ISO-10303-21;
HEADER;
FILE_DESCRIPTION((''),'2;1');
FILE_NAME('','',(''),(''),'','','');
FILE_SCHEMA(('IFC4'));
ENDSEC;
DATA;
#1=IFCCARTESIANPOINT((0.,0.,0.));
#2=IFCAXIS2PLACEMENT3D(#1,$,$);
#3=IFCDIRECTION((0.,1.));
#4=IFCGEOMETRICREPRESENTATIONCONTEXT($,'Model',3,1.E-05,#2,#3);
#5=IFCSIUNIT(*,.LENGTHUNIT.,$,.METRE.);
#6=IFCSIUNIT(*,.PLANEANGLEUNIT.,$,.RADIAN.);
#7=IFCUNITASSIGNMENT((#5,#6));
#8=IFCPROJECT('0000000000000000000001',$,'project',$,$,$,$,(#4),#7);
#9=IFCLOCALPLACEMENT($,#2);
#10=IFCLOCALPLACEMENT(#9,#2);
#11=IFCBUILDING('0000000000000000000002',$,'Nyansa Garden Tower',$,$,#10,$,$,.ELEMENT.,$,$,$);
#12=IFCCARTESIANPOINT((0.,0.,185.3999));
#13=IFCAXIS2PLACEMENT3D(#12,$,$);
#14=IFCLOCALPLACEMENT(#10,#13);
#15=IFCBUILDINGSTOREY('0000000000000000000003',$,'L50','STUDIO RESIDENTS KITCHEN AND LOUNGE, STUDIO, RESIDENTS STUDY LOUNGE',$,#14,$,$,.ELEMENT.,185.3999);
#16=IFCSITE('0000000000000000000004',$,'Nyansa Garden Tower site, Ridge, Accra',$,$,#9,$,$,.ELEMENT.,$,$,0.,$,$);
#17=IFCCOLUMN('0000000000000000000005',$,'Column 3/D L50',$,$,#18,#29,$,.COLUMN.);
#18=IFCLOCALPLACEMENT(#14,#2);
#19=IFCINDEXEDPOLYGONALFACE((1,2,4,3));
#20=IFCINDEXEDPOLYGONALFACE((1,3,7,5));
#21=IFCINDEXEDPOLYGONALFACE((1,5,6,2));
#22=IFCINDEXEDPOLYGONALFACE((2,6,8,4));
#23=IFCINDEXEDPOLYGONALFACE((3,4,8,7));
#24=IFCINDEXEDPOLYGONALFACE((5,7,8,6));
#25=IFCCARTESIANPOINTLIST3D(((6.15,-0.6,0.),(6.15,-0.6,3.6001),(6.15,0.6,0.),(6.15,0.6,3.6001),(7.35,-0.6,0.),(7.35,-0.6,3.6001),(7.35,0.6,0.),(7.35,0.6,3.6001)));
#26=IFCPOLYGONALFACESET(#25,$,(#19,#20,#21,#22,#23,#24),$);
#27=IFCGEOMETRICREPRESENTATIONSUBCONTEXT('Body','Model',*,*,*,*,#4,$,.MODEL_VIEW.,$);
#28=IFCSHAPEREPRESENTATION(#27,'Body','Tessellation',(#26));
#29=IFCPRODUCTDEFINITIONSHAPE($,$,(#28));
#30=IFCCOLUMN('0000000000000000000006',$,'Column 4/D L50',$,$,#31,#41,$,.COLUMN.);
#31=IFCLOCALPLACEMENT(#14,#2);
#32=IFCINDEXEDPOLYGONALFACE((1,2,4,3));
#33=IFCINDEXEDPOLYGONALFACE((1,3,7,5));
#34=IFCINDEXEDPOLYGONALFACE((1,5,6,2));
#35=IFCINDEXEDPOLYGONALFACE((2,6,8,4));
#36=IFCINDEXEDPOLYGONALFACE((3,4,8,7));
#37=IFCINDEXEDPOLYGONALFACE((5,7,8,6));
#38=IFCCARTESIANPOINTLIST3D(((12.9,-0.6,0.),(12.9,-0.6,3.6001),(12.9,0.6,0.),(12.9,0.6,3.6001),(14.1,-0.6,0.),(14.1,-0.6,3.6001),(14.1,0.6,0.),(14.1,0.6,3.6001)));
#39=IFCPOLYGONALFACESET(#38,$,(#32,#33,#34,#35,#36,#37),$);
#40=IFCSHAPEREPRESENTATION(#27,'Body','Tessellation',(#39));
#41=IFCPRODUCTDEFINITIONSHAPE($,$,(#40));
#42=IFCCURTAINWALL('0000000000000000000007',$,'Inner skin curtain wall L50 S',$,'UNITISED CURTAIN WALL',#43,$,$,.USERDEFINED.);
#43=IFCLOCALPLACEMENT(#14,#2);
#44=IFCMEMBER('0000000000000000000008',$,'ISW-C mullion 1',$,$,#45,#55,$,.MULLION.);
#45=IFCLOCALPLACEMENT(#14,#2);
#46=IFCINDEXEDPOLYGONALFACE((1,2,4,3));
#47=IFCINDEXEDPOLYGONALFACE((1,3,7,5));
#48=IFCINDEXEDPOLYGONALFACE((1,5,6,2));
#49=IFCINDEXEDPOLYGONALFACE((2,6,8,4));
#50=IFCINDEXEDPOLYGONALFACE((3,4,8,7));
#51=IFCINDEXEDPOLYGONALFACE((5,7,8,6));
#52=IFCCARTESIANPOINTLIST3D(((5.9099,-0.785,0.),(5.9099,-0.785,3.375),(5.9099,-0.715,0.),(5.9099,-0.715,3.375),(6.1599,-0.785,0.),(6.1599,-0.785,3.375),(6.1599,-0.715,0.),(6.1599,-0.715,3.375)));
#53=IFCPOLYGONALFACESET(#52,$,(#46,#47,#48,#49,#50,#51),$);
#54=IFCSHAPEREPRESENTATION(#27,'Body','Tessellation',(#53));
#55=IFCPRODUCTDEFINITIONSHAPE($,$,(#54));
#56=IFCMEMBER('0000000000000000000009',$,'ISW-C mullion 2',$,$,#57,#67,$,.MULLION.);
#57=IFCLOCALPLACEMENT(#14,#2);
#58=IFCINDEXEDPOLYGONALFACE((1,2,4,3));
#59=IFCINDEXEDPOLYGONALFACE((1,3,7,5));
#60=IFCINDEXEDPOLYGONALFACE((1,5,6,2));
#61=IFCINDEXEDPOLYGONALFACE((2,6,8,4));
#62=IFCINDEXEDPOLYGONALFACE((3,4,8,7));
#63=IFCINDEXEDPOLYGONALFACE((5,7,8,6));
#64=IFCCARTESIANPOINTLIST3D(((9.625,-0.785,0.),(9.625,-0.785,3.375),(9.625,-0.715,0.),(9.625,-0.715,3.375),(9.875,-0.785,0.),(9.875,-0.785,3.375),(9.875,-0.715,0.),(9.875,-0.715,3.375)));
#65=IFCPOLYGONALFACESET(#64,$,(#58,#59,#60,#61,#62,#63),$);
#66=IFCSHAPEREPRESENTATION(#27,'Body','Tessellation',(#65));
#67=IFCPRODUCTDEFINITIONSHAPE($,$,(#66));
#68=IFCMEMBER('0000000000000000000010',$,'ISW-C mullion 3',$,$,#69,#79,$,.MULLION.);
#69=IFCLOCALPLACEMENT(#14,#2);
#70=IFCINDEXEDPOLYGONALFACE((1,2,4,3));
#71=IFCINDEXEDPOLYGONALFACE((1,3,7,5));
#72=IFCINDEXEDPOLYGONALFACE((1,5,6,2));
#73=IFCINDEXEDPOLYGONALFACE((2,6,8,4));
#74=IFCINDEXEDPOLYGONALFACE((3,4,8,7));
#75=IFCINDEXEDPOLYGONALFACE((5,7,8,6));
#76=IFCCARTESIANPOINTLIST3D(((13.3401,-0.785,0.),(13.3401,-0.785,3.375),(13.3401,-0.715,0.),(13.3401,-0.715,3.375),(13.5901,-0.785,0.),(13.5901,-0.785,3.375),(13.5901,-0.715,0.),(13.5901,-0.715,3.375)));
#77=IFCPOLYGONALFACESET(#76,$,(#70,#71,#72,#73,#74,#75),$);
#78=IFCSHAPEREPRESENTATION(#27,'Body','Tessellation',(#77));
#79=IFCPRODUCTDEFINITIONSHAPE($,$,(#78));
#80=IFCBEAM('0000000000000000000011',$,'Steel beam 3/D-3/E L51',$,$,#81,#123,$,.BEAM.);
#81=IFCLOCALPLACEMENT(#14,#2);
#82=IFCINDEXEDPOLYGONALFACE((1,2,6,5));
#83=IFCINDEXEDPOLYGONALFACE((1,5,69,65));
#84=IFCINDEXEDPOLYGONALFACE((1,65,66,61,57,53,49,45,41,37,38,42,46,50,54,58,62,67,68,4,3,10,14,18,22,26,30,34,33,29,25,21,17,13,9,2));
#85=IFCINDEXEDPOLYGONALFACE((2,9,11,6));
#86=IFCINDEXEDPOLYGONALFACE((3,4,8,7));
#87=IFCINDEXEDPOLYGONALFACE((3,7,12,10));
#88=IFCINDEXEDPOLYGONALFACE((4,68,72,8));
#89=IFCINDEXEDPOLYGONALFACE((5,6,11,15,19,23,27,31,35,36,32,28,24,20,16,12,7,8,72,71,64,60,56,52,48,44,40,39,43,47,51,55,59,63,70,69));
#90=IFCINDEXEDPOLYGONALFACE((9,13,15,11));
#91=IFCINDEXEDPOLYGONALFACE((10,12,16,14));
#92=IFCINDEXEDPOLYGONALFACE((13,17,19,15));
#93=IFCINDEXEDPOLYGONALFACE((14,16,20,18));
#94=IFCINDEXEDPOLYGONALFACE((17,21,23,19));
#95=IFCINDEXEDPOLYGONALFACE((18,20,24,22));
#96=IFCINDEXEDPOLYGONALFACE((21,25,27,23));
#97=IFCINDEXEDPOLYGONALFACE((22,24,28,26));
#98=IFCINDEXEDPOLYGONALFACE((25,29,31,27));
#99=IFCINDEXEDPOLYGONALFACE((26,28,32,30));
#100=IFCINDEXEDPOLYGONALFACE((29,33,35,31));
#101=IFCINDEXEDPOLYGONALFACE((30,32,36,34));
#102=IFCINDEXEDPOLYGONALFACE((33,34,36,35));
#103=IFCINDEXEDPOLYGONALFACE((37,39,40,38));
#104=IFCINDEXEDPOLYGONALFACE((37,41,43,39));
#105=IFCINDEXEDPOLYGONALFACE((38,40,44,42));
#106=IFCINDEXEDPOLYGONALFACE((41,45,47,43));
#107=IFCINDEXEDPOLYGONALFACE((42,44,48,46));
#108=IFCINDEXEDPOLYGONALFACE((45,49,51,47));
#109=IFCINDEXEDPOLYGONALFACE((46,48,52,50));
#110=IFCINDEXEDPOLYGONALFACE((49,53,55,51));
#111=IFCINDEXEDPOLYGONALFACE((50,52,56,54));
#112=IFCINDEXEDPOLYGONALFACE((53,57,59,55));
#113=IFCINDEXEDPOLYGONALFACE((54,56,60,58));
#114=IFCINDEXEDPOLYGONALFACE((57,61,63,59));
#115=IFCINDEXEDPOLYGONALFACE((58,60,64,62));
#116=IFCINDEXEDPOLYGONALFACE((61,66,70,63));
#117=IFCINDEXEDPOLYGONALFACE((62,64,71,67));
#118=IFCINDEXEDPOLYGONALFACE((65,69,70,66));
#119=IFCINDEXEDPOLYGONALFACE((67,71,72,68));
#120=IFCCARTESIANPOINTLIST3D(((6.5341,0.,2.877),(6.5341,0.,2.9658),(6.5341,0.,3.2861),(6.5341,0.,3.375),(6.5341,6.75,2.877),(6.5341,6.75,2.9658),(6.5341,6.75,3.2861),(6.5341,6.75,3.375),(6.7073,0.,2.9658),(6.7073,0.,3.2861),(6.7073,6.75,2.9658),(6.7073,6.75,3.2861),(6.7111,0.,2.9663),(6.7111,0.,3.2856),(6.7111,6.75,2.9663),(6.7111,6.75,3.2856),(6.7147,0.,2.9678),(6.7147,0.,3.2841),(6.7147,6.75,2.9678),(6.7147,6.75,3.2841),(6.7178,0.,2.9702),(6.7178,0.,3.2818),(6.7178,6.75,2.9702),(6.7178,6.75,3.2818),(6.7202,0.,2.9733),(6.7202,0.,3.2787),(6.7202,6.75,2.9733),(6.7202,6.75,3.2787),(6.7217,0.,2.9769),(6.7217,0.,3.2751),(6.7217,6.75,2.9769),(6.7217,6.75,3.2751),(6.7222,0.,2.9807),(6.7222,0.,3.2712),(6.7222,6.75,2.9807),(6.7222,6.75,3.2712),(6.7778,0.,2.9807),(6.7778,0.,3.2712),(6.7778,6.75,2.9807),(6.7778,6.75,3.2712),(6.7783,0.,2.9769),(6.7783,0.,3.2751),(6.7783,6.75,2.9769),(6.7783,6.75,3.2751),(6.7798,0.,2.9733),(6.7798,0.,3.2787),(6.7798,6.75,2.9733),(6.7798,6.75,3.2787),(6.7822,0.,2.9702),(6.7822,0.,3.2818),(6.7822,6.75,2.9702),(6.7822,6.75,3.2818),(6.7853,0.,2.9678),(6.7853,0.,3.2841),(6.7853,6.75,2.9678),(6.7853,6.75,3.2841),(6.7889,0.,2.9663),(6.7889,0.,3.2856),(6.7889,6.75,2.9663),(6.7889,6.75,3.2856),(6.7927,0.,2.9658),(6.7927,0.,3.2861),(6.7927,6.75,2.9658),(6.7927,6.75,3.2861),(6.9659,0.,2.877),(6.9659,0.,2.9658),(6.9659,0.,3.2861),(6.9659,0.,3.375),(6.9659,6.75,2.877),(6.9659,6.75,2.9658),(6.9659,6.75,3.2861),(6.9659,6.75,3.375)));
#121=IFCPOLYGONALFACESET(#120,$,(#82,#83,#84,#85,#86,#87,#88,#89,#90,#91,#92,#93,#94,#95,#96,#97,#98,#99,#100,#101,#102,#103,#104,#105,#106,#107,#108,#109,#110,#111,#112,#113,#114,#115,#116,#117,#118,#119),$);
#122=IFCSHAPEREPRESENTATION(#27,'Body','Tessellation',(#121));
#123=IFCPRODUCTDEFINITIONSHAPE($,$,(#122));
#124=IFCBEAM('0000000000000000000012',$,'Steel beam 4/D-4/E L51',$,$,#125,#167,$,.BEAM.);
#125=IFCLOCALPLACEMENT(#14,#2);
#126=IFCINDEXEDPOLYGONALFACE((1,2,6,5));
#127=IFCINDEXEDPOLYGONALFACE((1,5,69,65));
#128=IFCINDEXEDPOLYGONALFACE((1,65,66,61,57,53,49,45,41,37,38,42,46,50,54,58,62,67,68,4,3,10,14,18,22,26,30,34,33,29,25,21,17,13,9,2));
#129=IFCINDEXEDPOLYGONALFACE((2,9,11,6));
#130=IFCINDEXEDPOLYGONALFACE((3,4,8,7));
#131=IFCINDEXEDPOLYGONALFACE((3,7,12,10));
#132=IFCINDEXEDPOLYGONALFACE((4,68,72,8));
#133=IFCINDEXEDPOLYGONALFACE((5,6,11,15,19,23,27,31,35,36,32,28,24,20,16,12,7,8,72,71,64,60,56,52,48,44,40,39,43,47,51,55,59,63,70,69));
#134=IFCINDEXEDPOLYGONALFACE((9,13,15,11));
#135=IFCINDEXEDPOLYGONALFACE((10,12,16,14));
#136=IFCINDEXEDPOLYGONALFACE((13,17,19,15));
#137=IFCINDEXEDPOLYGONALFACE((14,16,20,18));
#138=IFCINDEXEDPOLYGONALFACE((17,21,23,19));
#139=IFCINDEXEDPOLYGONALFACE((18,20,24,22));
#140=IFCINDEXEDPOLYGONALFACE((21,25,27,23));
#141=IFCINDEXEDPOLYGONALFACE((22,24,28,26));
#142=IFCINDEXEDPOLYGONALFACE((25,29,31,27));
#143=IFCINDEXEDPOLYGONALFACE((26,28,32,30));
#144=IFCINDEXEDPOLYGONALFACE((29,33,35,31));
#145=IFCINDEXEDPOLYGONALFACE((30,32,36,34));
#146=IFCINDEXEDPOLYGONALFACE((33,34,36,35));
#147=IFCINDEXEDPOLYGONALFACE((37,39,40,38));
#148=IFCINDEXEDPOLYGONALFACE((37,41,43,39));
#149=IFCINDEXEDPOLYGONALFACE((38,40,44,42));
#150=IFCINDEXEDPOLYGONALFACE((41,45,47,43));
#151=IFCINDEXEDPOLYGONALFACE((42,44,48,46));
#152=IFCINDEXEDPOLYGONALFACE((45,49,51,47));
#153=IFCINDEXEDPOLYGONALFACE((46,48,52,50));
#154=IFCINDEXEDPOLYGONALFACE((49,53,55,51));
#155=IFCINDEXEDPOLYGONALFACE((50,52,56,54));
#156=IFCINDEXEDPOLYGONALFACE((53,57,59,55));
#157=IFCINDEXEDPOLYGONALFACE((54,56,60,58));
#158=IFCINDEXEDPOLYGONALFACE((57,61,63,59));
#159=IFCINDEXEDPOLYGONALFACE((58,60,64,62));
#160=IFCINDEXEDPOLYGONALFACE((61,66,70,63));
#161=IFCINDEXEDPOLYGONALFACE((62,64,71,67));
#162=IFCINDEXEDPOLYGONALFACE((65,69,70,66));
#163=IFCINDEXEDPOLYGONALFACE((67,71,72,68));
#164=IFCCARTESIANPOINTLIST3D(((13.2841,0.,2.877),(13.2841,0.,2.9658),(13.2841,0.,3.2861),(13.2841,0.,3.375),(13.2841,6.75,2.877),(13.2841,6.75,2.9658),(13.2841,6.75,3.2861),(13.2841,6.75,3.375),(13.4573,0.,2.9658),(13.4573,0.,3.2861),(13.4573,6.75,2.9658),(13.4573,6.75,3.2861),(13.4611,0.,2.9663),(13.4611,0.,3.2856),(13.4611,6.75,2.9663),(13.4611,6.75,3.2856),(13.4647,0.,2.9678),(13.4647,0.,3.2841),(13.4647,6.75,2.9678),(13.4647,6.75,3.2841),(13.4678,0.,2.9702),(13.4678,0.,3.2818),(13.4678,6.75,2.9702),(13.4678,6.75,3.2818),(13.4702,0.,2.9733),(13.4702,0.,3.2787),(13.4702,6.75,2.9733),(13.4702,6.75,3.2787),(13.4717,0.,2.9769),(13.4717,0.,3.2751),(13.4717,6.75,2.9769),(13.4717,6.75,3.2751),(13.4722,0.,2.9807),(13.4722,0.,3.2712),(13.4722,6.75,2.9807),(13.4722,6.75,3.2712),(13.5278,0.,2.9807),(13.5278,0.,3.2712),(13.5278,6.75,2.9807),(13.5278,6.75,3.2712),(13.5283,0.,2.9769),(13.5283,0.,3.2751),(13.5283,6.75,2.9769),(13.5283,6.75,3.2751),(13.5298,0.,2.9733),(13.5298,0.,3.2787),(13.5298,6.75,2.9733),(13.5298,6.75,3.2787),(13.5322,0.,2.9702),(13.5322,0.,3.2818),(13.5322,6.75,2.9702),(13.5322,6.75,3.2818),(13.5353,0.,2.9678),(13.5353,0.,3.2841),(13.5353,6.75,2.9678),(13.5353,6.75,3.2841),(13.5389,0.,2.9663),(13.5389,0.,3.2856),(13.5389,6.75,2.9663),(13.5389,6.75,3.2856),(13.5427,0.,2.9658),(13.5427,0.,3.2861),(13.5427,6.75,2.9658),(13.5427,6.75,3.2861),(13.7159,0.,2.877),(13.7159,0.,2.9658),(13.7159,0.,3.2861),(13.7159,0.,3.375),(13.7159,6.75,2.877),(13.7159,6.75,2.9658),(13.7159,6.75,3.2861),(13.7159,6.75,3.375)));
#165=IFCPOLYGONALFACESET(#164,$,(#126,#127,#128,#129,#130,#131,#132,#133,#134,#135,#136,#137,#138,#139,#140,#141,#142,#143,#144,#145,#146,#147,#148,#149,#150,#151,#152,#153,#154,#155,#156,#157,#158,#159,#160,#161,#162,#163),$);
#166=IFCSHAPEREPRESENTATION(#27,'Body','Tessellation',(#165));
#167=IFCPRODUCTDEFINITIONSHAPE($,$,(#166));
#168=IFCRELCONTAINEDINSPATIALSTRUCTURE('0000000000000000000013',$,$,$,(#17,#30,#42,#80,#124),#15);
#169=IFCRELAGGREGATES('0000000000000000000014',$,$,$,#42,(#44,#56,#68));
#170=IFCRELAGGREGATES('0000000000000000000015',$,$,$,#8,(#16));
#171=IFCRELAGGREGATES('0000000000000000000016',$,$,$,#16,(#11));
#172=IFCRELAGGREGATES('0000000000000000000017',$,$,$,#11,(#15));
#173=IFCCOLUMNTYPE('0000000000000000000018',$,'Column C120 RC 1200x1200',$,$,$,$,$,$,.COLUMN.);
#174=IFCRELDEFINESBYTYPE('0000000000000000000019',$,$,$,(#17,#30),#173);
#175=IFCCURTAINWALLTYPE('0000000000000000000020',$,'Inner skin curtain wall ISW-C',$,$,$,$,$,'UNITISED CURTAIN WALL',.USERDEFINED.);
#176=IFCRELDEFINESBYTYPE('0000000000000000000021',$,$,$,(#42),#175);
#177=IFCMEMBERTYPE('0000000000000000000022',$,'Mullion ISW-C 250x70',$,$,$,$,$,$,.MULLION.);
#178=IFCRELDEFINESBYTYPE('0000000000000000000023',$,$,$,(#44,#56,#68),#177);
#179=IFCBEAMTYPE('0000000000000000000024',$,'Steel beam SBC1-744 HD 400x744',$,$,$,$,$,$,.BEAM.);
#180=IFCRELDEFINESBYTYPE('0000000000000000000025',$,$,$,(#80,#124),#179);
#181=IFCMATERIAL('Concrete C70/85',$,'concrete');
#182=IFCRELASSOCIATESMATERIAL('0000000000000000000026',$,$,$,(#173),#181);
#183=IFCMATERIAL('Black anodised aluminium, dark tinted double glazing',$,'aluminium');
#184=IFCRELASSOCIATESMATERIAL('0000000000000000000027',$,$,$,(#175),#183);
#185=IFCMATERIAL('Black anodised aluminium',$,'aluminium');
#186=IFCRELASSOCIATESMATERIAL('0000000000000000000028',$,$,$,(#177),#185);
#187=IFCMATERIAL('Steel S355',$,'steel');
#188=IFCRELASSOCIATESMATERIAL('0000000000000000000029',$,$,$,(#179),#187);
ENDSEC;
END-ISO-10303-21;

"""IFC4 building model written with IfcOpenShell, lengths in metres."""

from ifc_helpers import new_model, si_unit, direction, frame, origin, origin_2d, place, context, subcontext, project, spatial, rectangle, i_section, extrude, material, material_profile, profile_set, type_object, element, aggregate, save


model = new_model("IFC4")

# Units and contexts
model_context = context("Model", 3, precision=1e-05, world=origin(), true_north=direction((0.0, 1.0)))
body_context = subcontext(model_context, "Body", "Model", "MODEL_VIEW")
ifc_project = project(units=[si_unit("LENGTHUNIT", "METRE"), si_unit("PLANEANGLEUNIT", "RADIAN")], contexts=[model_context])

# Site, building, storey
site_placement = place(None, origin())
site = spatial("IfcSite", under=ifc_project, at=site_placement, Name="Nyansa Garden Tower site, Ridge, Accra", CompositionType="ELEMENT", RefElevation=0.0)
building_placement = place(site_placement, origin())
building = spatial("IfcBuilding", under=site, at=building_placement, Name="Nyansa Garden Tower", CompositionType="ELEMENT")
storey_placement = place(building_placement, frame((0.0, 0.0, 185.3999)))
storey = spatial("IfcBuildingStorey", under=building, at=storey_placement, Name="L50", Description="STUDIO RESIDENTS KITCHEN AND LOUNGE, STUDIO, RESIDENTS STUDY LOUNGE", CompositionType="ELEMENT", Elevation=185.3999)

# Columns
ifc_material_1 = material(Name="Concrete C70/85", Category="concrete")
ifc_material_profile_1 = material_profile(ifc_material_1, rectangle(XDim=1.2, YDim=1.2, at=origin_2d()), Name="RC 1200x1200")
ifc_profile_set_1 = profile_set([ifc_material_profile_1], Name="Concrete C70/85")
column_type = type_object("IfcColumnType", Name="Column C120 RC 1200x1200", PredefinedType="COLUMN", material=ifc_profile_set_1)
for number, where, z_axis, x_axis, name in (
    (1, (6.75, 0.0, 0.0), (0.0, 0.0, 1.0), (1.0, 0.0, 0.0), "Column 3/D L50"),
    (2, (13.5, 0.0, 0.0), (0.0, 0.0, 1.0), (1.0, 0.0, 0.0), "Column 4/D L50"),
):
    element("IfcColumn", number, at=place(storey_placement, frame(where, z_axis=z_axis, x_axis=x_axis)), inside=storey, type_object=column_type, Name=name, PredefinedType="COLUMN", context=body_context, shape_type="SweptSolid", body=[
        extrude(rectangle(XDim=1.2, YDim=1.2, at=origin_2d()), origin(), (0.0, 0.0, 1.0), 3.6001),
    ])

# Curtain wall, members
ifc_material_2 = material(Name="Black anodised aluminium, dark tinted double glazing", Category="aluminium")
curtain_wall_type = type_object("IfcCurtainWallType", Name="Inner skin curtain wall ISW-C", ElementType="UNITISED CURTAIN WALL", PredefinedType="USERDEFINED", material=ifc_material_2)
curtain_wall_placement = place(storey_placement, origin())
curtain_wall = element("IfcCurtainWall", 3, at=curtain_wall_placement, inside=storey, type_object=curtain_wall_type, Name="Inner skin curtain wall L50 S", ObjectType="UNITISED CURTAIN WALL", PredefinedType="USERDEFINED")
ifc_material_3 = material(Name="Black anodised aluminium", Category="aluminium")
ifc_material_profile_2 = material_profile(ifc_material_3, rectangle(XDim=0.0701, YDim=0.25, at=origin_2d()), Name="Mullion 250x70")
ifc_profile_set_2 = profile_set([ifc_material_profile_2], Name="Black anodised aluminium")
member_type_1 = type_object("IfcMemberType", Name="Mullion ISW-C 250x70", PredefinedType="MULLION", material=ifc_profile_set_2)
member_1_placement = place(storey_placement, frame((6.0349, -0.75, 0.0), z_axis=(0.0, 0.0, 1.0), x_axis=(0.0, 1.0, 0.0)))
member_1 = element("IfcMember", 4, at=member_1_placement, type_object=member_type_1, Name="ISW-C mullion 1", PredefinedType="MULLION", context=body_context, shape_type="SweptSolid", body=[
    extrude(rectangle(XDim=0.0701, YDim=0.25, at=origin_2d()), origin(), (0.0, 0.0, 1.0), 3.375),
])
member_2_placement = place(storey_placement, frame((9.75, -0.75, 0.0), z_axis=(0.0, 0.0, 1.0), x_axis=(0.0, 1.0, 0.0)))
member_2 = element("IfcMember", 5, at=member_2_placement, type_object=member_type_1, Name="ISW-C mullion 2", PredefinedType="MULLION", context=body_context, shape_type="SweptSolid", body=[
    extrude(rectangle(XDim=0.0701, YDim=0.25, at=origin_2d()), origin(), (0.0, 0.0, 1.0), 3.375),
])
member_3_placement = place(storey_placement, frame((13.4651, -0.75, 0.0), z_axis=(0.0, 0.0, 1.0), x_axis=(0.0, 1.0, 0.0)))
member_3 = element("IfcMember", 6, at=member_3_placement, type_object=member_type_1, Name="ISW-C mullion 3", PredefinedType="MULLION", context=body_context, shape_type="SweptSolid", body=[
    extrude(rectangle(XDim=0.0701, YDim=0.25, at=origin_2d()), origin(), (0.0, 0.0, 1.0), 3.375),
])

# Beams
ifc_material_4 = material(Name="Steel S355", Category="steel")
ifc_material_profile_3 = material_profile(ifc_material_4, i_section(OverallWidth=0.4319, OverallDepth=0.498, WebThickness=0.0557, FlangeThickness=0.0889, FilletRadius=0.0149, at=origin_2d()), Name="HD 400x744")
ifc_profile_set_3 = profile_set([ifc_material_profile_3], Name="Steel S355")
beam_type_1 = type_object("IfcBeamType", Name="Steel beam SBC1-744 HD 400x744", PredefinedType="BEAM", material=ifc_profile_set_3)
for number, where, z_axis, x_axis, name in (
    (7, (6.75, 0.0, 3.126), (0.0, 1.0, 0.0), (-1.0, 0.0, 0.0), "Steel beam 3/D-3/E L51"),
    (8, (13.5, 0.0, 3.126), (0.0, 1.0, 0.0), (-1.0, 0.0, 0.0), "Steel beam 4/D-4/E L51"),
):
    element("IfcBeam", number, at=place(storey_placement, frame(where, z_axis=z_axis, x_axis=x_axis)), inside=storey, type_object=beam_type_1, Name=name, PredefinedType="BEAM", context=body_context, shape_type="SweptSolid", body=[
        extrude(i_section(OverallWidth=0.4319, OverallDepth=0.498, WebThickness=0.0557, FlangeThickness=0.0889, FilletRadius=0.0149, at=origin_2d()), origin(), (0.0, 0.0, 1.0), 6.75),
    ])

aggregate(curtain_wall, [member_1, member_2, member_3])

save(model, "model.ifc")
